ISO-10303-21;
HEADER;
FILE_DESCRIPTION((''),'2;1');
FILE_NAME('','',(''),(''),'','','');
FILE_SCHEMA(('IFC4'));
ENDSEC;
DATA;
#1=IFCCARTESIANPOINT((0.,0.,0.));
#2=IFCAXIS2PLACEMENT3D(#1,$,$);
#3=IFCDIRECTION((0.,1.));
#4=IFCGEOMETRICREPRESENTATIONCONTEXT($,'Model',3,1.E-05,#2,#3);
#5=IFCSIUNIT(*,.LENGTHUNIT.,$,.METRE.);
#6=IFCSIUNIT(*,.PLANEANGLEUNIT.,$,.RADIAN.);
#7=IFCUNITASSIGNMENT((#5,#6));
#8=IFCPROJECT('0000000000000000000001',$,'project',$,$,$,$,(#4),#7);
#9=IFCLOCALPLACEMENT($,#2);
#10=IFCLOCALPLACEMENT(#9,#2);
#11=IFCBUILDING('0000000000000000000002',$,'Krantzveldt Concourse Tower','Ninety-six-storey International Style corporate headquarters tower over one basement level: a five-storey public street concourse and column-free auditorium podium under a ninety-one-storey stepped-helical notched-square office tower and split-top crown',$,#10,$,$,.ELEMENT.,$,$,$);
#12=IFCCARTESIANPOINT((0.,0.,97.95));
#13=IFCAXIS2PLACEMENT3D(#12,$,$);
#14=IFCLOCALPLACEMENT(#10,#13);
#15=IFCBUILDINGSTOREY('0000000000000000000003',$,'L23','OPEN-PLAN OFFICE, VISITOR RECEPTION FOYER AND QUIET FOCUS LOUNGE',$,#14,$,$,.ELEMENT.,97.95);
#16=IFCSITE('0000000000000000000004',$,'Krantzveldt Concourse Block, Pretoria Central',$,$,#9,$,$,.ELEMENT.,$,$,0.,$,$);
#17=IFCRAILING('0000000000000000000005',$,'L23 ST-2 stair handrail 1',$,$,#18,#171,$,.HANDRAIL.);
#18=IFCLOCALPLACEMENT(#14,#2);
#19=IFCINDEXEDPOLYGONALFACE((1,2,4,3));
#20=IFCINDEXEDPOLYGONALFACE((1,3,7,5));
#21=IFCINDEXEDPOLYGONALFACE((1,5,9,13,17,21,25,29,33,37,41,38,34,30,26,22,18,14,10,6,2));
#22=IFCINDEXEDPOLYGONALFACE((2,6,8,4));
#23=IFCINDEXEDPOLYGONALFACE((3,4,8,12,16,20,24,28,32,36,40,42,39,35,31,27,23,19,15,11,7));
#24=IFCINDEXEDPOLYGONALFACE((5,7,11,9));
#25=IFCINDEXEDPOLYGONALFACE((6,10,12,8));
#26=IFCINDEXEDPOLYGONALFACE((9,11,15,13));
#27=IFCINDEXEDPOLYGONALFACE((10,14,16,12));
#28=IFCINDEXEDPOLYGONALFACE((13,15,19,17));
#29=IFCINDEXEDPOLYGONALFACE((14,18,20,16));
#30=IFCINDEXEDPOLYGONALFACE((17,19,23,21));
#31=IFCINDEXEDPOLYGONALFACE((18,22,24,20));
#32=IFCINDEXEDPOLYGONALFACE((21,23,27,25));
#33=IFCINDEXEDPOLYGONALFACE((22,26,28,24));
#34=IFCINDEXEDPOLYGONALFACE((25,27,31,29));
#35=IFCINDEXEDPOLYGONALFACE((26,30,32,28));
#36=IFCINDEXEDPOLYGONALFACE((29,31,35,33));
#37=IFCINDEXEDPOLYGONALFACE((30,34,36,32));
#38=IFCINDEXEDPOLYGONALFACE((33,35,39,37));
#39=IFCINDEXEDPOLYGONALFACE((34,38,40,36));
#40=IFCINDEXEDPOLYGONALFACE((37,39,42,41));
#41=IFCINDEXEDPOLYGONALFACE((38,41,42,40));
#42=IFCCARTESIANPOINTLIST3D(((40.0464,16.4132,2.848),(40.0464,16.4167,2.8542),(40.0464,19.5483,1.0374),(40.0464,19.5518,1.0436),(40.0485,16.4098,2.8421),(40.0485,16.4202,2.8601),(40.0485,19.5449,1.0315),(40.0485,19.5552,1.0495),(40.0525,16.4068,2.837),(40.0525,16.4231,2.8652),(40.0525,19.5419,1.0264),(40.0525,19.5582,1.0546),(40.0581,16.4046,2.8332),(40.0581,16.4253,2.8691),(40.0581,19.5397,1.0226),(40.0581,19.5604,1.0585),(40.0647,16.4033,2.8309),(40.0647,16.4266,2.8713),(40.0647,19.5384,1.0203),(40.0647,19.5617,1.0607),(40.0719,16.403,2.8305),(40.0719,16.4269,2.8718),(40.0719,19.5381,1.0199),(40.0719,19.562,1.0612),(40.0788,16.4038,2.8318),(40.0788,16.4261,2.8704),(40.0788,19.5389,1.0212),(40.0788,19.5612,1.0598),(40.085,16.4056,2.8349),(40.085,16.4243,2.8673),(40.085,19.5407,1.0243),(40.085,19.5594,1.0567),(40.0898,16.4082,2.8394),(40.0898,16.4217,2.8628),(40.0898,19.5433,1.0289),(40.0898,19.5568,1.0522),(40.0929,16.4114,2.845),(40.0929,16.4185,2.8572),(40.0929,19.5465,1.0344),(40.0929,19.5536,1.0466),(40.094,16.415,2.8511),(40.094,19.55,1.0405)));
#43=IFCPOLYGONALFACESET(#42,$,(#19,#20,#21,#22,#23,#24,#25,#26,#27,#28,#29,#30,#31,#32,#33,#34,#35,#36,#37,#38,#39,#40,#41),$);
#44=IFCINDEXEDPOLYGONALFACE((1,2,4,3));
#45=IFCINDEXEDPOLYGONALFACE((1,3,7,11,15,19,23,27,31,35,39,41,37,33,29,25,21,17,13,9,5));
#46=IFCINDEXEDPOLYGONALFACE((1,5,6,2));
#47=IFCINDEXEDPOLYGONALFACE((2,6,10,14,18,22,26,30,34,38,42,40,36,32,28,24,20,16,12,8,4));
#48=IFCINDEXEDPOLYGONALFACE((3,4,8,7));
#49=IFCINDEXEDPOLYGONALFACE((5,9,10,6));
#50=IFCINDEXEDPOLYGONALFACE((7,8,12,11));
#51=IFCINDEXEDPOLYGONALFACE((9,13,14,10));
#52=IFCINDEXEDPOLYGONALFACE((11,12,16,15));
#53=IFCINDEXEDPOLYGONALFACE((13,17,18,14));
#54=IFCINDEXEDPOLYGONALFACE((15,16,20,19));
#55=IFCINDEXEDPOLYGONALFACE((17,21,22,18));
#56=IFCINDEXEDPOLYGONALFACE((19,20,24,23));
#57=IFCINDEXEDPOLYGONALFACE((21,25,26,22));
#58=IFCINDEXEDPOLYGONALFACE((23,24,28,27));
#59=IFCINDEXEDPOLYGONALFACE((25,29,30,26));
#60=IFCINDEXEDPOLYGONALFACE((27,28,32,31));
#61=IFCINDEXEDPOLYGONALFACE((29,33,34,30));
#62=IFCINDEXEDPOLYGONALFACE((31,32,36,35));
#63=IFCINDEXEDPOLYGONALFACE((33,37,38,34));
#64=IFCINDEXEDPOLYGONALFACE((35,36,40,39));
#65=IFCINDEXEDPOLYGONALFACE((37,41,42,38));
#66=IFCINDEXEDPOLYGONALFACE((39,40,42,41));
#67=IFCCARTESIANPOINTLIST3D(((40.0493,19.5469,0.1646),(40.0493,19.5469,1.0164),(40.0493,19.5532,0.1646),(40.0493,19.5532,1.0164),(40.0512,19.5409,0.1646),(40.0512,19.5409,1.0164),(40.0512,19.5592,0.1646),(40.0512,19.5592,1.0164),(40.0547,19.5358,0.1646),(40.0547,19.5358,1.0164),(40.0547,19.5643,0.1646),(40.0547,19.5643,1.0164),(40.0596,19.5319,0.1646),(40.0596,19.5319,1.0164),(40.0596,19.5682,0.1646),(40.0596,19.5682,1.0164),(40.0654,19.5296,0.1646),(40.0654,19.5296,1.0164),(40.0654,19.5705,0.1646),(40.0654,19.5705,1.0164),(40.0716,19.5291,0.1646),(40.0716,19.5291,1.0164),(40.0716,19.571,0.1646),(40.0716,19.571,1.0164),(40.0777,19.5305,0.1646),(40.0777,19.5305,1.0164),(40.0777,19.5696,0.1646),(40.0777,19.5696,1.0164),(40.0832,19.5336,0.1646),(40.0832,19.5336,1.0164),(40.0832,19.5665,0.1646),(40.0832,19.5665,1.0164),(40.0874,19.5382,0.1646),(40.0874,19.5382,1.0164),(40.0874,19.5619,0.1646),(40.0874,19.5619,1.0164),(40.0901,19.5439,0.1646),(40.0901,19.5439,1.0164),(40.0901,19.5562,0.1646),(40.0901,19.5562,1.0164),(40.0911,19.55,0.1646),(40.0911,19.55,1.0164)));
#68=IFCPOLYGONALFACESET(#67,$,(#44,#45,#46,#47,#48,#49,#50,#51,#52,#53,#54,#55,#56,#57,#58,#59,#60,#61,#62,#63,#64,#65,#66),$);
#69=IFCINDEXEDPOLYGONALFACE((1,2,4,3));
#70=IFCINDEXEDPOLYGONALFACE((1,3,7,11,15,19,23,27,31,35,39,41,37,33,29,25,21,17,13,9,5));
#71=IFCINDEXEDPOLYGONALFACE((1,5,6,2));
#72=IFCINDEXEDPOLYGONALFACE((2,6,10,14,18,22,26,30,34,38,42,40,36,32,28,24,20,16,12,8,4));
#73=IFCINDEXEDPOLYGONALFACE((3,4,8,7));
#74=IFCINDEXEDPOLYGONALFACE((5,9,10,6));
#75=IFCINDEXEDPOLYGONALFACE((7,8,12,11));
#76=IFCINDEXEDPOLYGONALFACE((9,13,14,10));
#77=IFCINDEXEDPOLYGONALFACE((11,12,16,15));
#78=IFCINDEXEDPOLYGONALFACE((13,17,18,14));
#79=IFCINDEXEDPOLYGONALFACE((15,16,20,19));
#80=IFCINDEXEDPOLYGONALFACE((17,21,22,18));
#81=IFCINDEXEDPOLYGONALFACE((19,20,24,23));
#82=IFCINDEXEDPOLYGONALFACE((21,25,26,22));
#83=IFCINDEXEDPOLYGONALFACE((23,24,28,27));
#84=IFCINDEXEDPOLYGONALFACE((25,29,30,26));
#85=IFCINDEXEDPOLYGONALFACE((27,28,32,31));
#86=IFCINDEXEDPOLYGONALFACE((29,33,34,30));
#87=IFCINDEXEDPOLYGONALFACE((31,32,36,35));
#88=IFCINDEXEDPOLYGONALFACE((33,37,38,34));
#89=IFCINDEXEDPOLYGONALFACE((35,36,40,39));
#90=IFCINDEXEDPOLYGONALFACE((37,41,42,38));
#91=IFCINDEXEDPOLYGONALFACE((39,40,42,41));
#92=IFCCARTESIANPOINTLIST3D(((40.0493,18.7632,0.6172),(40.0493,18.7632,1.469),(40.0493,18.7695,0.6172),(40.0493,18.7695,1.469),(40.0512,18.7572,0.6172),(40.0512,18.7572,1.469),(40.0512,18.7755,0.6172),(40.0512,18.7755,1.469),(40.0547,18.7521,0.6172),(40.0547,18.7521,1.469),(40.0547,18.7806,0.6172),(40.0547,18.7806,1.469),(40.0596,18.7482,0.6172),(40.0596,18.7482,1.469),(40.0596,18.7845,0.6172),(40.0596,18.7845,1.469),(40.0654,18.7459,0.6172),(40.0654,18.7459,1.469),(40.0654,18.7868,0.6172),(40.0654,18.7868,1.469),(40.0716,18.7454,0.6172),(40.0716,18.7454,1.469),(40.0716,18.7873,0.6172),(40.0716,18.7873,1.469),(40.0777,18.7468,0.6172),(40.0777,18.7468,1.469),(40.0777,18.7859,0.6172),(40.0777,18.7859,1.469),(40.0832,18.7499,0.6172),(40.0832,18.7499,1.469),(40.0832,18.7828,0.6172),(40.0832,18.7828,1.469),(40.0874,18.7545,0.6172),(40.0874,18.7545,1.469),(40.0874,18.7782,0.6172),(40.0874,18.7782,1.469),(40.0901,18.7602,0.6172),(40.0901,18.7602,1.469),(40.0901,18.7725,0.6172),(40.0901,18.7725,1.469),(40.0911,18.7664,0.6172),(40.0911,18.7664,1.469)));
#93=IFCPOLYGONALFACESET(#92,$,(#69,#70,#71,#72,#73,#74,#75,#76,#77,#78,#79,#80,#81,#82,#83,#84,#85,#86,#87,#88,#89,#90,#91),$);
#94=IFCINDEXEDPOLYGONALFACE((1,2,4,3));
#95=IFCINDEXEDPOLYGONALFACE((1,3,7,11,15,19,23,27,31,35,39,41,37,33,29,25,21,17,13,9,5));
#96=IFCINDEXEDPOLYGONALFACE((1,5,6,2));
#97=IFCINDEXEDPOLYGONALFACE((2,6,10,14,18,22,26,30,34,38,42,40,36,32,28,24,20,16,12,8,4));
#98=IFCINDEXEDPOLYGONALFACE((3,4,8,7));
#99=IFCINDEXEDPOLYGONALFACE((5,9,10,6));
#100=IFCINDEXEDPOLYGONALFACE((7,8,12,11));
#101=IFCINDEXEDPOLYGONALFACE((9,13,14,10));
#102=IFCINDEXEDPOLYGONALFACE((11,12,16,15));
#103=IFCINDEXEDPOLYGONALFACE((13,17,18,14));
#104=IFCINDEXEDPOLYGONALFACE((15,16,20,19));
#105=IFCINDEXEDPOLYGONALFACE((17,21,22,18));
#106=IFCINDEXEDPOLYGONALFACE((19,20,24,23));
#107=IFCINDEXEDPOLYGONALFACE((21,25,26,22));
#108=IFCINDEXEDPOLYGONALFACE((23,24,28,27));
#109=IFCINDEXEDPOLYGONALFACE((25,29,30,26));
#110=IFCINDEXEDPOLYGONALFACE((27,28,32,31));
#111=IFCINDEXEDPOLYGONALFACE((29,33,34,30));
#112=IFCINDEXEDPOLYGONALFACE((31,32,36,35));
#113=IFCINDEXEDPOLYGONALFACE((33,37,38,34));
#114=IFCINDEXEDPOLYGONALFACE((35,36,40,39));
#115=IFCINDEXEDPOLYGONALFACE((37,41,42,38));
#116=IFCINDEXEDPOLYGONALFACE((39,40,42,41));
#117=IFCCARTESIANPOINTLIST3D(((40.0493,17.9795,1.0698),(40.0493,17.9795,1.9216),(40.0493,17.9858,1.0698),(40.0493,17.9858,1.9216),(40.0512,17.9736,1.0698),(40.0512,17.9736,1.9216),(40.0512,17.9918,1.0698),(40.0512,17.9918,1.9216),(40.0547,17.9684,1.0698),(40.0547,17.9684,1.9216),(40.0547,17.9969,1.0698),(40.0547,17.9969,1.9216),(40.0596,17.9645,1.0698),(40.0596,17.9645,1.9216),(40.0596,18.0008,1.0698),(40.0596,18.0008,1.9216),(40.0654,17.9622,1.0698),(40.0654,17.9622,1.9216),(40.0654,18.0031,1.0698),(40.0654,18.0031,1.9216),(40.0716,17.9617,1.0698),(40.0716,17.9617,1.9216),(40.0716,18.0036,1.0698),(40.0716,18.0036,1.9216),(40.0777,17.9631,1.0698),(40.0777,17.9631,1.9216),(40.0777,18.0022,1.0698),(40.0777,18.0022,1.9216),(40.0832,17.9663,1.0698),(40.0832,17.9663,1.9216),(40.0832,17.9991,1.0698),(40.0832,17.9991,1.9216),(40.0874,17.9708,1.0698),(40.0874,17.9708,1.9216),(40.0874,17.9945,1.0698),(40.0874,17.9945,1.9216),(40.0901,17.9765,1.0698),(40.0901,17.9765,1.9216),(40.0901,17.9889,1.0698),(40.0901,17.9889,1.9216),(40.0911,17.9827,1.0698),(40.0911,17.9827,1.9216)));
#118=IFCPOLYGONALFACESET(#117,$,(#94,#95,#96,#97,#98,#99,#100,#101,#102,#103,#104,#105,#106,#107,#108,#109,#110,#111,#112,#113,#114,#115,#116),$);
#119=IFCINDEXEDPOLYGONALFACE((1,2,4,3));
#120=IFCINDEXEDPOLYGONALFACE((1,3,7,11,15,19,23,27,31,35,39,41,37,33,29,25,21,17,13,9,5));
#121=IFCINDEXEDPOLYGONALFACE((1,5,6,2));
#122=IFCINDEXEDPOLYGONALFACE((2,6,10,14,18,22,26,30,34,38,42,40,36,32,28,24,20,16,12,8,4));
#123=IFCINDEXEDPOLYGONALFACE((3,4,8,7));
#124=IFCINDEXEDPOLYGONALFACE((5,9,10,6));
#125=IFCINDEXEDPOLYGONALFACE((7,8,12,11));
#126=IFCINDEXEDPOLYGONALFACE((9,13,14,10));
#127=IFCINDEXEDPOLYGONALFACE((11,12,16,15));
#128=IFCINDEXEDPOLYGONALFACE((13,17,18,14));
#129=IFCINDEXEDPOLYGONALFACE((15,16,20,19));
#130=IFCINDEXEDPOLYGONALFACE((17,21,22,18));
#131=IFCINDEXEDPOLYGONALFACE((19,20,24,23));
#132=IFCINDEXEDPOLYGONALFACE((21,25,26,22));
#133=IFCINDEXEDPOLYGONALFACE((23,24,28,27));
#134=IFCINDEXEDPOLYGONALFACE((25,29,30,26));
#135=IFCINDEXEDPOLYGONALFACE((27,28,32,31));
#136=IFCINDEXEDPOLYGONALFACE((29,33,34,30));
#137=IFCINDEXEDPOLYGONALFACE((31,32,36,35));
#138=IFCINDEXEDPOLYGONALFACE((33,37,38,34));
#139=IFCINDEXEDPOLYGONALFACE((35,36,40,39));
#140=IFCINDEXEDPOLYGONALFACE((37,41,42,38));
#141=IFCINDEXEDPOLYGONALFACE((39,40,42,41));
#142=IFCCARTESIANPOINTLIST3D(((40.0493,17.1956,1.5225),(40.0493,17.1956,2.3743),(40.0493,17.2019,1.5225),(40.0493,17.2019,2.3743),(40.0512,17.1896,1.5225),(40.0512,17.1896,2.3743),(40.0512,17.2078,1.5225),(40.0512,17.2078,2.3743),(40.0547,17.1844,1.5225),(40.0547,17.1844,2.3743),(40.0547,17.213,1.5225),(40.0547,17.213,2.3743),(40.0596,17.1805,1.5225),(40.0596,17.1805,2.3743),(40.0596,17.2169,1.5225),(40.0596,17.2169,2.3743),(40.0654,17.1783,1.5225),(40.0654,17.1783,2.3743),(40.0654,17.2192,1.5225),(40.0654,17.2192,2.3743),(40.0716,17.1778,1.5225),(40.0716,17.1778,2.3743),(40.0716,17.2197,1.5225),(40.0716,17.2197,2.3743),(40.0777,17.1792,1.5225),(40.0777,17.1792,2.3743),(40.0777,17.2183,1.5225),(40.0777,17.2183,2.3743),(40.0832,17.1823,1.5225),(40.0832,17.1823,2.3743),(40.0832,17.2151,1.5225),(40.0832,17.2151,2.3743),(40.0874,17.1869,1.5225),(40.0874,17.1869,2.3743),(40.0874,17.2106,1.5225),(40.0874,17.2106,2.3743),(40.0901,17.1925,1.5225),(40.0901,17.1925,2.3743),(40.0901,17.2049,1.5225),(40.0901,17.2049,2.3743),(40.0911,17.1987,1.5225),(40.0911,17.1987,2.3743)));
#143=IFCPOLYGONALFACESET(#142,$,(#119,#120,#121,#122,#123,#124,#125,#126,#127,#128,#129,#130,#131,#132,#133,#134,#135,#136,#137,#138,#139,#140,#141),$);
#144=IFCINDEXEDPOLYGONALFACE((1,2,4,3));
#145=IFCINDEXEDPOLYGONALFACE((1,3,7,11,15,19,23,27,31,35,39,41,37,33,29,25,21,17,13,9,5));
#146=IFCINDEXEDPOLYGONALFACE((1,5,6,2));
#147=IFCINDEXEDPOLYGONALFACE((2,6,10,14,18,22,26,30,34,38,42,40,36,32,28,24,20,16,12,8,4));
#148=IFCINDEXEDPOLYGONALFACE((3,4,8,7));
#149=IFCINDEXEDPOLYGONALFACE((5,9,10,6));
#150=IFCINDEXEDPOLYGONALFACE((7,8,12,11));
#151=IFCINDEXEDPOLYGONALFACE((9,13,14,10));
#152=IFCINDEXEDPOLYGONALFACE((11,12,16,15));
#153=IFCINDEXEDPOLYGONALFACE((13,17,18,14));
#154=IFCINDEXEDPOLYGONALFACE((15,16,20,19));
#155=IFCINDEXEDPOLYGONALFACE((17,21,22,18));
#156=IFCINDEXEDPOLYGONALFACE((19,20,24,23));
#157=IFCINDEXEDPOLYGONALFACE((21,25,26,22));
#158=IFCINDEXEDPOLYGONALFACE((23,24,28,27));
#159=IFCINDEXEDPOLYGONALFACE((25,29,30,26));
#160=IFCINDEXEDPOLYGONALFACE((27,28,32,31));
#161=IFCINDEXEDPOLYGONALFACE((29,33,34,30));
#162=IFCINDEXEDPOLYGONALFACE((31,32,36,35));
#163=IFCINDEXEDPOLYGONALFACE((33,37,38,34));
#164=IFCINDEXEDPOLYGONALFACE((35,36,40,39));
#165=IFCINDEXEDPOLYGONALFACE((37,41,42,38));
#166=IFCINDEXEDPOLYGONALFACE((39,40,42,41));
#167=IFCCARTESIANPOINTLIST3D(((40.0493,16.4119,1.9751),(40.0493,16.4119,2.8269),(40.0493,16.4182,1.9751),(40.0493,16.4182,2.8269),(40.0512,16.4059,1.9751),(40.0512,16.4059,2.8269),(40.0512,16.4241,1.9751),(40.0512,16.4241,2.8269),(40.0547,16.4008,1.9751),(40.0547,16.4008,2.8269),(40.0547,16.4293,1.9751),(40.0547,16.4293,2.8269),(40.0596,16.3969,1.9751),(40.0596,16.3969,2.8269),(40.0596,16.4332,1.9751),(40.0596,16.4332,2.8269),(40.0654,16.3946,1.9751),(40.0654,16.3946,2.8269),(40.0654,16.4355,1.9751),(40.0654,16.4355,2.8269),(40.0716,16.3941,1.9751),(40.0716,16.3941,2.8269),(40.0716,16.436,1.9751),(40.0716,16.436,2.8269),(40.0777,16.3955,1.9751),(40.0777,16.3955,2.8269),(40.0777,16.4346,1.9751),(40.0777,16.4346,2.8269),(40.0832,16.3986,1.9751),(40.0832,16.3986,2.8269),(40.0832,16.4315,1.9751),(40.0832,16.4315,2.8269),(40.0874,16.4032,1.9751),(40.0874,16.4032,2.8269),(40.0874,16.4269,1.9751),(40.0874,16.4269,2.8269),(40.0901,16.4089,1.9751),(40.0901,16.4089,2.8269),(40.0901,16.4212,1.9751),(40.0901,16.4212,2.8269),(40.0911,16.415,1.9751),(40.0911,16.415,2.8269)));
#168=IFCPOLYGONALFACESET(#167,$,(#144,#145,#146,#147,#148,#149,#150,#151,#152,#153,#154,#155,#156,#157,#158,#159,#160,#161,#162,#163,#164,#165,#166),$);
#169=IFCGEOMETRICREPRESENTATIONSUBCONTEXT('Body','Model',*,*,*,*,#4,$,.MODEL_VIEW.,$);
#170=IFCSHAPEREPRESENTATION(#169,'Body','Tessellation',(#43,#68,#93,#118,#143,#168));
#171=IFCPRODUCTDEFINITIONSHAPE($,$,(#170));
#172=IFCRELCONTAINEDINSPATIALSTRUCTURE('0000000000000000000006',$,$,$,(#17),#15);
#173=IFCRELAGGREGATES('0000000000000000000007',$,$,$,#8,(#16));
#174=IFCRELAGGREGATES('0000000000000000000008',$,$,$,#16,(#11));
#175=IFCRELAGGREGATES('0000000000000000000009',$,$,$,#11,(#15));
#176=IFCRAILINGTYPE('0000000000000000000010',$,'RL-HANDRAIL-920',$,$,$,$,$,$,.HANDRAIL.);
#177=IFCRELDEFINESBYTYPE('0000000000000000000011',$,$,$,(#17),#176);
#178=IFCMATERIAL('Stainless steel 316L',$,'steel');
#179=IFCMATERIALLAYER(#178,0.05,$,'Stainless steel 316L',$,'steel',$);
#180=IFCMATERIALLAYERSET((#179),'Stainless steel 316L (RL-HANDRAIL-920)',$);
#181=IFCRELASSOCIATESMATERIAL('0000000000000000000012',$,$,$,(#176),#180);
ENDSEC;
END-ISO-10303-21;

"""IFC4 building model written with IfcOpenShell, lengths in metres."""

from ifc_helpers import new_model, si_unit, direction, frame, origin, origin_2d, place, context, subcontext, project, spatial, circle, extrude, material, layer, layer_set, type_object, element, save


model = new_model("IFC4")

# Units and contexts
model_context = context("Model", 3, precision=1e-05, world=origin(), true_north=direction((0.0, 1.0)))
body_context = subcontext(model_context, "Body", "Model", "MODEL_VIEW")
ifc_project = project(units=[si_unit("LENGTHUNIT", "METRE"), si_unit("PLANEANGLEUNIT", "RADIAN")], contexts=[model_context])

# Site, building, storey
site_placement = place(None, origin())
site = spatial("IfcSite", under=ifc_project, at=site_placement, Name="Krantzveldt Concourse Block, Pretoria Central", CompositionType="ELEMENT", RefElevation=0.0)
building_placement = place(site_placement, origin())
building = spatial("IfcBuilding", under=site, at=building_placement, Name="Krantzveldt Concourse Tower", Description="Ninety-six-storey International Style corporate headquarters tower over one basement level: a five-storey public street concourse and column-free auditorium podium under a ninety-one-storey stepped-helical notched-square office tower and split-top crown", CompositionType="ELEMENT")
storey_placement = place(building_placement, frame((0.0, 0.0, 97.95)))
storey = spatial("IfcBuildingStorey", under=building, at=storey_placement, Name="L23", Description="OPEN-PLAN OFFICE, VISITOR RECEPTION FOYER AND QUIET FOCUS LOUNGE", CompositionType="ELEMENT", Elevation=97.95)

# Shared definitions
ifc_material_1 = material(Name="Stainless steel 316L", Category="steel")

# Railing
ifc_layer_1 = layer(ifc_material_1, 0.05, Name="Stainless steel 316L", Category="steel")
ifc_layer_set_1 = layer_set([ifc_layer_1], Name="Stainless steel 316L (RL-HANDRAIL-920)")
railing_type_1 = type_object("IfcRailingType", Name="RL-HANDRAIL-920", PredefinedType="HANDRAIL", material=ifc_layer_set_1)
railing_1_placement = place(storey_placement, frame((40.0701, 19.55, 0.1646)))
element("IfcRailing", 1, at=railing_1_placement, inside=storey, type_object=railing_type_1, Name="L23 ST-2 stair handrail 1", PredefinedType="HANDRAIL", context=body_context, shape_type="SweptSolid", body=[
    extrude(circle(Radius=0.0239, at=origin_2d()), frame((0.0, 0.0, 0.876), z_axis=(0.0, -0.86596, 0.500114), x_axis=(1.0, 0.0, 0.0)), (0.0, 0.0, 1.0), 3.6204),
    extrude(circle(Radius=0.021, at=origin_2d()), origin(), (0.0, 0.0, 1.0), 0.8518),
    extrude(circle(Radius=0.021, at=origin_2d()), frame((0.0, -0.7837, 0.4526)), (0.0, 0.0, 1.0), 0.8518),
    extrude(circle(Radius=0.021, at=origin_2d()), frame((0.0, -1.5674, 0.9053)), (0.0, 0.0, 1.0), 0.8518),
    extrude(circle(Radius=0.021, at=origin_2d()), frame((0.0, -2.3513, 1.3579)), (0.0, 0.0, 1.0), 0.8518),
    extrude(circle(Radius=0.021, at=origin_2d()), frame((0.0, -3.135, 1.8105)), (0.0, 0.0, 1.0), 0.8518),
])

save(model, "model.ifc")
